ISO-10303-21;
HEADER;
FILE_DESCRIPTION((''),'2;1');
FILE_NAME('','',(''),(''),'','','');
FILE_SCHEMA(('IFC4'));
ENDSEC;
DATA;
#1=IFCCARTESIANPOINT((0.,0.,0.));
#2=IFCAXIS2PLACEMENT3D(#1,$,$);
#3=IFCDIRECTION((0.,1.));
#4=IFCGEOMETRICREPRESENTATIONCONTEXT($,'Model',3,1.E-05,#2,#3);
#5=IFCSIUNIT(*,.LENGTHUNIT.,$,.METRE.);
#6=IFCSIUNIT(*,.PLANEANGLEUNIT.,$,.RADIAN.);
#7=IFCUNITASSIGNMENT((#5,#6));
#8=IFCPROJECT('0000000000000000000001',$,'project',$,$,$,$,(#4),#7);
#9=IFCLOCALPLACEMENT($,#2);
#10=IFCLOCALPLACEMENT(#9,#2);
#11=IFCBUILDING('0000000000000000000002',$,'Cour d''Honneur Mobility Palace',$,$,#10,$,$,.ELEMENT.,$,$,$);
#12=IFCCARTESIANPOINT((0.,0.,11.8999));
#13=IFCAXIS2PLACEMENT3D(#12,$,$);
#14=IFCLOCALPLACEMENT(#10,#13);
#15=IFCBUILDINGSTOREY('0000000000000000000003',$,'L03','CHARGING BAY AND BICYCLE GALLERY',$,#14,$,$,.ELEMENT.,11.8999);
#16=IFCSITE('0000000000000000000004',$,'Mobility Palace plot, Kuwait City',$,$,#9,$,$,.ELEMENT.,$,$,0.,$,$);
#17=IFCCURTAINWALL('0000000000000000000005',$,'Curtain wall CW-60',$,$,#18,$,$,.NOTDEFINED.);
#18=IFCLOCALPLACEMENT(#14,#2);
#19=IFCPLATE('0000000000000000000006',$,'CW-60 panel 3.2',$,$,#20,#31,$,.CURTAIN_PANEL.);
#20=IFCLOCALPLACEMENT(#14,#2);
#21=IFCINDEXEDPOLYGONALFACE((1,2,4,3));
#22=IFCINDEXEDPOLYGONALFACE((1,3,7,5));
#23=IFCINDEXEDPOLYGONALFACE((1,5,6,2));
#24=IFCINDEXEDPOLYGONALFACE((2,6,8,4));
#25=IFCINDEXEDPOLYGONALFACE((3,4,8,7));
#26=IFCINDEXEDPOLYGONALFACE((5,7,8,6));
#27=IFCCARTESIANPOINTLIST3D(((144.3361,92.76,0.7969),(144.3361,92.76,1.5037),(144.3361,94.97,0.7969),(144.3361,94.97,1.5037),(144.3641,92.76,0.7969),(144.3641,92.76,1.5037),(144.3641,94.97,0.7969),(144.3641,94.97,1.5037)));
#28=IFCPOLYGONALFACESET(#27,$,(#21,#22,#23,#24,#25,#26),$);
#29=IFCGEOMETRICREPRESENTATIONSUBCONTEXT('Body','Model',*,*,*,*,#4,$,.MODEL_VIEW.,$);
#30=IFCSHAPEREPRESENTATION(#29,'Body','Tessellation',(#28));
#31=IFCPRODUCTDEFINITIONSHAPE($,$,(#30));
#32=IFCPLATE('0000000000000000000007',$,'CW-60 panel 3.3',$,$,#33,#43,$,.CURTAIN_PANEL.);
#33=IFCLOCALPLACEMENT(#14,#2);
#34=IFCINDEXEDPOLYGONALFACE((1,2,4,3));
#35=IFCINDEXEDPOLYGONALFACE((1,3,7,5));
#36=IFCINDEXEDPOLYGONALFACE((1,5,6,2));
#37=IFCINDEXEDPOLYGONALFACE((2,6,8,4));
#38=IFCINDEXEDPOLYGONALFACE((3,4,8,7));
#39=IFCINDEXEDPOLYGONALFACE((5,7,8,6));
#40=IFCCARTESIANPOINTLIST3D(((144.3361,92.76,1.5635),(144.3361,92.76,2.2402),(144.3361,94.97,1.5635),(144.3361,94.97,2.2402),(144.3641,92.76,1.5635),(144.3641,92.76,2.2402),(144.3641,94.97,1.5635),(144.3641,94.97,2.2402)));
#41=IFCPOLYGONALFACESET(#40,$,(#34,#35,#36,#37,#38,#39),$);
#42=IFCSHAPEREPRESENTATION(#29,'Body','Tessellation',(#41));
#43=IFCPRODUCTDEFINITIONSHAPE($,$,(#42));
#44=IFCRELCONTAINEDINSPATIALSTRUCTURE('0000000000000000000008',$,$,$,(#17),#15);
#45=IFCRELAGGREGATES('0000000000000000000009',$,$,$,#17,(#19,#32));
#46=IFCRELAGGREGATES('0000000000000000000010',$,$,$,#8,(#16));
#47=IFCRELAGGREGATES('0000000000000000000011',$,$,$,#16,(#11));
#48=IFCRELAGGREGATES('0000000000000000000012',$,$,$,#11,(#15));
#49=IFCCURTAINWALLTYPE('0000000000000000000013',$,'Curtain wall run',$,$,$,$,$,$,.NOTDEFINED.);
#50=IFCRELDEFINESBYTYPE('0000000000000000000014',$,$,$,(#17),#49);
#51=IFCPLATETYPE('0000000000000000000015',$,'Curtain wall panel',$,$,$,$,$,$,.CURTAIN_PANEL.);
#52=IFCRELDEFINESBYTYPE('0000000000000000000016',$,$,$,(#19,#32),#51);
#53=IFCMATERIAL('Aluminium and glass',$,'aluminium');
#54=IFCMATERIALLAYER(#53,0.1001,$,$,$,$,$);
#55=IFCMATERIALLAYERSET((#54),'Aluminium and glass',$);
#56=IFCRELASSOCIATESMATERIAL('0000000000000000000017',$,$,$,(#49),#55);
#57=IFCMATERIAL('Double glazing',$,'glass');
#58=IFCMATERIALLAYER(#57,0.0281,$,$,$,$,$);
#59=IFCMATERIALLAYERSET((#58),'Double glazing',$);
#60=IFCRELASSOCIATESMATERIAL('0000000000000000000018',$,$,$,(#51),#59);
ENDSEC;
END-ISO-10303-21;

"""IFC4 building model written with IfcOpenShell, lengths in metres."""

from ifc_helpers import new_model, si_unit, direction, frame, origin, origin_2d, place, context, subcontext, project, spatial, rectangle, extrude, material, layer, layer_set, type_object, element, aggregate, save


model = new_model("IFC4")

# Units and contexts
model_context = context("Model", 3, precision=1e-05, world=origin(), true_north=direction((0.0, 1.0)))
body_context = subcontext(model_context, "Body", "Model", "MODEL_VIEW")
ifc_project = project(units=[si_unit("LENGTHUNIT", "METRE"), si_unit("PLANEANGLEUNIT", "RADIAN")], contexts=[model_context])

# Site, building, storey
site_placement = place(None, origin())
site = spatial("IfcSite", under=ifc_project, at=site_placement, Name="Mobility Palace plot, Kuwait City", CompositionType="ELEMENT", RefElevation=0.0)
building_placement = place(site_placement, origin())
building = spatial("IfcBuilding", under=site, at=building_placement, Name="Cour d'Honneur Mobility Palace", CompositionType="ELEMENT")
storey_placement = place(building_placement, frame((0.0, 0.0, 11.8999)))
storey = spatial("IfcBuildingStorey", under=building, at=storey_placement, Name="L03", Description="CHARGING BAY AND BICYCLE GALLERY", CompositionType="ELEMENT", Elevation=11.8999)

# Shared definitions
ifc_material_1 = material(Name="Aluminium and glass", Category="aluminium")
ifc_layer_1 = layer(ifc_material_1, 0.1001)
ifc_layer_set_1 = layer_set([ifc_layer_1], Name="Aluminium and glass")
curtain_wall_type = type_object("IfcCurtainWallType", Name="Curtain wall run", PredefinedType="NOTDEFINED", material=ifc_layer_set_1)

# Curtain wall
curtain_wall_1_placement = place(storey_placement, origin())
curtain_wall_1 = element("IfcCurtainWall", 1, at=curtain_wall_1_placement, inside=storey, type_object=curtain_wall_type, Name="Curtain wall CW-60", PredefinedType="NOTDEFINED")

# Plates
ifc_material_2 = material(Name="Double glazing", Category="glass")
ifc_layer_2 = layer(ifc_material_2, 0.0281)
ifc_layer_set_2 = layer_set([ifc_layer_2], Name="Double glazing")
plate_type = type_object("IfcPlateType", Name="Curtain wall panel", PredefinedType="CURTAIN_PANEL", material=ifc_layer_set_2)
plate_1_placement = place(storey_placement, frame((144.3501, 93.865, 0.7969), z_axis=(0.0, 0.0, 1.0), x_axis=(0.0, -1.0, 0.0)))
plate_1 = element("IfcPlate", 2, at=plate_1_placement, type_object=plate_type, Name="CW-60 panel 3.2", PredefinedType="CURTAIN_PANEL", context=body_context, shape_type="SweptSolid", body=[
    extrude(rectangle(XDim=2.21, YDim=0.0281, at=origin_2d()), origin(), (0.0, 0.0, 1.0), 0.7068),
])
plate_2_placement = place(storey_placement, frame((144.3501, 93.865, 1.5635), z_axis=(0.0, 0.0, 1.0), x_axis=(0.0, -1.0, 0.0)))
plate_2 = element("IfcPlate", 3, at=plate_2_placement, type_object=plate_type, Name="CW-60 panel 3.3", PredefinedType="CURTAIN_PANEL", context=body_context, shape_type="SweptSolid", body=[
    extrude(rectangle(XDim=2.21, YDim=0.0281, at=origin_2d()), origin(), (0.0, 0.0, 1.0), 0.6768),
])
aggregate(curtain_wall_1, [plate_1, plate_2])

save(model, "model.ifc")
